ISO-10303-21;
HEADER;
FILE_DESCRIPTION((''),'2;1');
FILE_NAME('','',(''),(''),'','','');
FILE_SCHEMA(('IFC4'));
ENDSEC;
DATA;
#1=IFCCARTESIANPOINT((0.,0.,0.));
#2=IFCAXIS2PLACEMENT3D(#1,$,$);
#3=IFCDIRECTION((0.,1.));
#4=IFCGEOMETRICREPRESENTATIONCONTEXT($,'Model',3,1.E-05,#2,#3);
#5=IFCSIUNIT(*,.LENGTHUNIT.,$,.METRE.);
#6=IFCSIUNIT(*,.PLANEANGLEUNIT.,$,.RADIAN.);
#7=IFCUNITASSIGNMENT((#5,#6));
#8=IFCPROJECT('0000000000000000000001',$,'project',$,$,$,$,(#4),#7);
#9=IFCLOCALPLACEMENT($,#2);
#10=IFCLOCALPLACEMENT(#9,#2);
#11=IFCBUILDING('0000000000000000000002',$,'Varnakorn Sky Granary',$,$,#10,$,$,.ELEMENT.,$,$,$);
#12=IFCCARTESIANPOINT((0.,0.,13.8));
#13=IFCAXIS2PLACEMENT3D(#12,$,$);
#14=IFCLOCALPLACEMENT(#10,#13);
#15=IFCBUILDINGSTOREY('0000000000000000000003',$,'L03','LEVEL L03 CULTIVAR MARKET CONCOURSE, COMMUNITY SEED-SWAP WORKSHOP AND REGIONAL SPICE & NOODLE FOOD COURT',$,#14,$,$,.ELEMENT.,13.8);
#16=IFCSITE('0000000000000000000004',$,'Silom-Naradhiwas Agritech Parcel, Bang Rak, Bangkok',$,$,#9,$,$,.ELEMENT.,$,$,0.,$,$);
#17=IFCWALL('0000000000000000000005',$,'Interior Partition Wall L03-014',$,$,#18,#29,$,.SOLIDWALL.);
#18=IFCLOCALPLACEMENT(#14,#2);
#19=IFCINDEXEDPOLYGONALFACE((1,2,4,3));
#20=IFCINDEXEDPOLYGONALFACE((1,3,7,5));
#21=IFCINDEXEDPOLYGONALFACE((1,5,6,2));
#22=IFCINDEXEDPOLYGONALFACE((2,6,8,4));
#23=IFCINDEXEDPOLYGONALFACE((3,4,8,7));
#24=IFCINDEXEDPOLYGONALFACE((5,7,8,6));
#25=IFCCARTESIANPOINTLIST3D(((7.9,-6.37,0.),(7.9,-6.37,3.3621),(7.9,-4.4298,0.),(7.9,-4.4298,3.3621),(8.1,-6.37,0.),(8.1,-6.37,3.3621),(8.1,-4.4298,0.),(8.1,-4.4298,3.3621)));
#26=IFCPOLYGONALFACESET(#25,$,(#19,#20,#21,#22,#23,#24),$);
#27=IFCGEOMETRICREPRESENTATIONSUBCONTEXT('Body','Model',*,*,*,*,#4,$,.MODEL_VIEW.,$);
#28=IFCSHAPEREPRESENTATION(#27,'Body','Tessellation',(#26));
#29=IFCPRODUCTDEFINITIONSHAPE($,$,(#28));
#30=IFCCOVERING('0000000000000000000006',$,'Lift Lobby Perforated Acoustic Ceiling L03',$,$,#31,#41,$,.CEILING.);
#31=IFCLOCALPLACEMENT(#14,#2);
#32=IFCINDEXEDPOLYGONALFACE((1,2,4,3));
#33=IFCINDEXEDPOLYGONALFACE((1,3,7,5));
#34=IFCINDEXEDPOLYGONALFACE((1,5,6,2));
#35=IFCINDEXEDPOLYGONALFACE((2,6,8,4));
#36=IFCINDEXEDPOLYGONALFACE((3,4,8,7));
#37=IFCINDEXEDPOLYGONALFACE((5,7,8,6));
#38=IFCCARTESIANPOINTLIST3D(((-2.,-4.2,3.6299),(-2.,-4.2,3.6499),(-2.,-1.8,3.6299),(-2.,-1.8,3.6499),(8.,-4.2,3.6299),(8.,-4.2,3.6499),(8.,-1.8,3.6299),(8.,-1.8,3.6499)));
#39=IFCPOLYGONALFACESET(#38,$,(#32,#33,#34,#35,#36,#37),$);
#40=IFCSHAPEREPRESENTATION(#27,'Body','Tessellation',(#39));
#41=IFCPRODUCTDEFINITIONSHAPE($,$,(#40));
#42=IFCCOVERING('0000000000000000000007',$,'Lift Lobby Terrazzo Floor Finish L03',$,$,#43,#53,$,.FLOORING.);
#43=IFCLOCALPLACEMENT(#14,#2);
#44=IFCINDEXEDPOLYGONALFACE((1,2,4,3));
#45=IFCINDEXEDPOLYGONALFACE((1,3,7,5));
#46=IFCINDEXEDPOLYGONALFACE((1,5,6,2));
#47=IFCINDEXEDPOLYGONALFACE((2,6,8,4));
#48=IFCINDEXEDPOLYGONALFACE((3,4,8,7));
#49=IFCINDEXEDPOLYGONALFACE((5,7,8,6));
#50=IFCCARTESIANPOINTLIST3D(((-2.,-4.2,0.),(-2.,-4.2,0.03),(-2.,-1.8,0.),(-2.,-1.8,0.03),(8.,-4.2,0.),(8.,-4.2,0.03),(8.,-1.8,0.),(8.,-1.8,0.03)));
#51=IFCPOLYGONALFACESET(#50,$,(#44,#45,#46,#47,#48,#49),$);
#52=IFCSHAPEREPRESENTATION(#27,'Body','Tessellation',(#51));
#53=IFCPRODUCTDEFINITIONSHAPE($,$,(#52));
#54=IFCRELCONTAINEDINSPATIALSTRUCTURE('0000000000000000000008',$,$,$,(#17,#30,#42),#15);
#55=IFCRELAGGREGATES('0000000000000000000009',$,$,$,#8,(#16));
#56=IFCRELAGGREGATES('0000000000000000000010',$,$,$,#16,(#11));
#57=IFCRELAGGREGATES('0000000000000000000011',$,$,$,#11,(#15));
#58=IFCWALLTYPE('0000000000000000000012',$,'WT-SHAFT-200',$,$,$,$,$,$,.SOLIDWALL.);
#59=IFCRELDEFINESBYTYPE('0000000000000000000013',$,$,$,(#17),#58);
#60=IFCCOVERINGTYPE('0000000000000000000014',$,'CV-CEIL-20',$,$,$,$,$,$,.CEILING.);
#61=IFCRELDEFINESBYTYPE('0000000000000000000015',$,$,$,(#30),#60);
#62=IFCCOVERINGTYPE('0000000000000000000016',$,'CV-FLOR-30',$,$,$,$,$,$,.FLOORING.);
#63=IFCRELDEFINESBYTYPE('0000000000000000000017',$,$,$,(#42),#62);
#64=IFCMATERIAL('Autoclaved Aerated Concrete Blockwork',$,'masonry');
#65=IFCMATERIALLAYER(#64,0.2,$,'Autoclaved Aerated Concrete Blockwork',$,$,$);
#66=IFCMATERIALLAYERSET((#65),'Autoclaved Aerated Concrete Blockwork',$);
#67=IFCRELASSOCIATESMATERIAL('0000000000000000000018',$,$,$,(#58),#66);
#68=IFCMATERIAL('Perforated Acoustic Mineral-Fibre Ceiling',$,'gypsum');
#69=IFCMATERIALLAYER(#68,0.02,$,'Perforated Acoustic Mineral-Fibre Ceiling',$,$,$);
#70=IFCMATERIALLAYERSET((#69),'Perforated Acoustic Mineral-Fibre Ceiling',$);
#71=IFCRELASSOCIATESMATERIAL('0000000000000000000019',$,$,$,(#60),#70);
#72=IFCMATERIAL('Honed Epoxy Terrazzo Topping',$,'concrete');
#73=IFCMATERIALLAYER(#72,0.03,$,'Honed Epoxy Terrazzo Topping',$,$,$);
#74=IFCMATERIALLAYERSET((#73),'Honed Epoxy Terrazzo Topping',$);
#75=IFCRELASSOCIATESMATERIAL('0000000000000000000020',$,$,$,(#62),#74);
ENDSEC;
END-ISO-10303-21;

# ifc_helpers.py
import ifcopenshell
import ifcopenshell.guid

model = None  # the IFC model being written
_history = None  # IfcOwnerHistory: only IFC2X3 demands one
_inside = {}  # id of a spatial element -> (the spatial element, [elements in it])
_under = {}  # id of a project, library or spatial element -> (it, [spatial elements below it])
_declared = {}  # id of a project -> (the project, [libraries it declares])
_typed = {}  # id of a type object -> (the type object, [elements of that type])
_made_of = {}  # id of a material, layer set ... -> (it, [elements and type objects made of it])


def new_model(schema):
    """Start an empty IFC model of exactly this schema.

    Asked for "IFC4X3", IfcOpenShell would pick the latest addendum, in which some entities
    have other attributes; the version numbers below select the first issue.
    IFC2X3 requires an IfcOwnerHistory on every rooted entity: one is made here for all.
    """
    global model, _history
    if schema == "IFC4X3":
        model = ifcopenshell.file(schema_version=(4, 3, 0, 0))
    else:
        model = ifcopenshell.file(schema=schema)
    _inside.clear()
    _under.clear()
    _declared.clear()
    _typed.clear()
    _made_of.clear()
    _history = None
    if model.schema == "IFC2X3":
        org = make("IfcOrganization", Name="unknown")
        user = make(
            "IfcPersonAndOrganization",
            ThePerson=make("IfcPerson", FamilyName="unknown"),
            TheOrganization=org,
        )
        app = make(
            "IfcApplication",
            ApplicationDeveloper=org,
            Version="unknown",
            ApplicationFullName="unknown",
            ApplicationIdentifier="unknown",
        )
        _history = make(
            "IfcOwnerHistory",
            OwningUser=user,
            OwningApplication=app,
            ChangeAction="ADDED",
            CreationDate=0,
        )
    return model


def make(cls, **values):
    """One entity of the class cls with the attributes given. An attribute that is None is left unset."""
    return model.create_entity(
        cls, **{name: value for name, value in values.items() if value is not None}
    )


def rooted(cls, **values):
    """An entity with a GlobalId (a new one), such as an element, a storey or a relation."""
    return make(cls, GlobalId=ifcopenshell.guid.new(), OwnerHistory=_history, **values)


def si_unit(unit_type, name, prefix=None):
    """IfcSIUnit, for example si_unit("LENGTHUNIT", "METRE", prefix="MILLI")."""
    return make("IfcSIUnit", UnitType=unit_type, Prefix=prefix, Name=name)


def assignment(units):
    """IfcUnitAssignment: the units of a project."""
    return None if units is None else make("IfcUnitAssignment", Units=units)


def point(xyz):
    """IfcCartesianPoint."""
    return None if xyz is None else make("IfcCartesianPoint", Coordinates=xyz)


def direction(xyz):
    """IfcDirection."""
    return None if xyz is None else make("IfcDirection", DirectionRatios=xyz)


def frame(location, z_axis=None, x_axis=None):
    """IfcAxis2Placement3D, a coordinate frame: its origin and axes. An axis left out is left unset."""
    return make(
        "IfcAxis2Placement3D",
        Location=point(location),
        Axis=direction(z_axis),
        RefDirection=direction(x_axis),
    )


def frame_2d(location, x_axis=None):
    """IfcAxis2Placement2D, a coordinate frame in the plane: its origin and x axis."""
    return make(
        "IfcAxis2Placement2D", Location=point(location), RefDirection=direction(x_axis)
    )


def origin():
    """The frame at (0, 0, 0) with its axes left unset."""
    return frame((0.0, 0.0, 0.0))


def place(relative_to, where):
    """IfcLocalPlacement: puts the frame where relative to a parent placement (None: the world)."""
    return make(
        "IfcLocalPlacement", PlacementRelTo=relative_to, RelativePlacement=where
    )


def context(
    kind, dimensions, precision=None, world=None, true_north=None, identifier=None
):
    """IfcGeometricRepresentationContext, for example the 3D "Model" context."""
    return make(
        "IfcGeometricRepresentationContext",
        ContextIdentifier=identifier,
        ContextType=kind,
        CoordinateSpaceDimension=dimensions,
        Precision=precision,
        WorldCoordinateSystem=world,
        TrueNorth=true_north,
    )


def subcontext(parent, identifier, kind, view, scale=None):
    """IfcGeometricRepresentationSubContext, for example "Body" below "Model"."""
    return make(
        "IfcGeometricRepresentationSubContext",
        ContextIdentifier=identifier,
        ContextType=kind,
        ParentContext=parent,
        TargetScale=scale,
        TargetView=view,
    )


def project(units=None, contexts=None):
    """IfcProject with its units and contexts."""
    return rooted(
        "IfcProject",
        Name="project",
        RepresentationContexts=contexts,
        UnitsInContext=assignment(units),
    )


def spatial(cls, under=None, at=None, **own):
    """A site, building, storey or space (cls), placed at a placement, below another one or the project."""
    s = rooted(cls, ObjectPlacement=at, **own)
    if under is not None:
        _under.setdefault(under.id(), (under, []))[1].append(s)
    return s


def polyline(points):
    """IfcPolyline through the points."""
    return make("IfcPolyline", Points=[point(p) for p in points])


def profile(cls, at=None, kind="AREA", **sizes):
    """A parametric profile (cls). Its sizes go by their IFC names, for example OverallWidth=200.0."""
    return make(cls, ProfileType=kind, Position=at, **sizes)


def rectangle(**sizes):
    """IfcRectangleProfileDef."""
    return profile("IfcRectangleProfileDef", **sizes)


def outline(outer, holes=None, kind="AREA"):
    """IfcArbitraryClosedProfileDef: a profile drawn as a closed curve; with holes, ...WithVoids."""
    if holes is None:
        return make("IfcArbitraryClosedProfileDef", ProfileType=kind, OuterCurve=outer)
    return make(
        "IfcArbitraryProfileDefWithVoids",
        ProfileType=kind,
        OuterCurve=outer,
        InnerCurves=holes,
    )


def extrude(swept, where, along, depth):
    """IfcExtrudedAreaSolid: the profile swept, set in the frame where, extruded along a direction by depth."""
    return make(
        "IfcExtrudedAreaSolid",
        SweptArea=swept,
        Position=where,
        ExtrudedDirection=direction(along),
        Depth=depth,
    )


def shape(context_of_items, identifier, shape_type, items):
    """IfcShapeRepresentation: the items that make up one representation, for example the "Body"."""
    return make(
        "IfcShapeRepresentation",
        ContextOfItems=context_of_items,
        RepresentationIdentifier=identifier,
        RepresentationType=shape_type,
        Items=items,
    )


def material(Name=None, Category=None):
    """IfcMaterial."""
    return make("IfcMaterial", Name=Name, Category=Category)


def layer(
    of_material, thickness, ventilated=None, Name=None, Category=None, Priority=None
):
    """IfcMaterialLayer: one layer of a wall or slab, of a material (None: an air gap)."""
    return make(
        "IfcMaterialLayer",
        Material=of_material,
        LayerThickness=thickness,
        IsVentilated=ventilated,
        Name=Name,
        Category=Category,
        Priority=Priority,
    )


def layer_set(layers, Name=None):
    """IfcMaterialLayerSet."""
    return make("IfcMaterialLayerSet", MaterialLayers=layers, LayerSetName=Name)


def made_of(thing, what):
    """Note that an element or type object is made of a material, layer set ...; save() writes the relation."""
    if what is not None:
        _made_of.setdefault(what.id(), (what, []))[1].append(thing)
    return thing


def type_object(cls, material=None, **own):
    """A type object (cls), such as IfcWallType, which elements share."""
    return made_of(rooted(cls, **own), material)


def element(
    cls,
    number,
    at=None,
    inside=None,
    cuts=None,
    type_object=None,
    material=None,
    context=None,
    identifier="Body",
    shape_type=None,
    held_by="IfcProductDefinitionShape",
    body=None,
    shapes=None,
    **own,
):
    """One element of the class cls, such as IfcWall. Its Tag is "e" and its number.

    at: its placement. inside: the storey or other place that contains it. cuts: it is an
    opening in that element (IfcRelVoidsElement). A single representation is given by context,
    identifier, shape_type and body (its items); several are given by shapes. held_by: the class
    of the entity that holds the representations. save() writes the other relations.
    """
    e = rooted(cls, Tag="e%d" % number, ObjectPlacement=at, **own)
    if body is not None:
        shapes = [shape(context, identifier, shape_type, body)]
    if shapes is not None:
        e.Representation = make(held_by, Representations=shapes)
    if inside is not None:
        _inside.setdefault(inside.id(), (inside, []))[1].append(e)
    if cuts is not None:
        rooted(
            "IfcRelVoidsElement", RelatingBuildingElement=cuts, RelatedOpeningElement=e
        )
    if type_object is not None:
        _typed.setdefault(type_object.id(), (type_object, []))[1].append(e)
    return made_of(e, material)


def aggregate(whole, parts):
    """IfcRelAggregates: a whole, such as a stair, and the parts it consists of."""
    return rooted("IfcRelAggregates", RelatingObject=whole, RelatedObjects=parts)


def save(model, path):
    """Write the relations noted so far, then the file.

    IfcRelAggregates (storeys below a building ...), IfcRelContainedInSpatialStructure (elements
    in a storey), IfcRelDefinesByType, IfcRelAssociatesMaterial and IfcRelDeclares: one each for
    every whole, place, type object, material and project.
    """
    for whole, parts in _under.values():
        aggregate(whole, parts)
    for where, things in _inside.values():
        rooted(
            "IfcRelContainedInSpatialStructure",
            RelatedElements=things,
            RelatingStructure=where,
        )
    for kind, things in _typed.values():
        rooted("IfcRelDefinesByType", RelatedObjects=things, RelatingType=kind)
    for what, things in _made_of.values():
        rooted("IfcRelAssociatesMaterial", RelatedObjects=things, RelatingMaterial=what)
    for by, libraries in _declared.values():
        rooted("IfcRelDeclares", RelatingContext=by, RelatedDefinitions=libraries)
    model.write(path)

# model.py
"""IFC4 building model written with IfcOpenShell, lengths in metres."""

from ifc_helpers import new_model, si_unit, direction, frame, frame_2d, origin, place, context, subcontext, project, spatial, polyline, rectangle, outline, extrude, material, layer, layer_set, type_object, element, save


model = new_model("IFC4")

# Units and contexts
model_context = context("Model", 3, precision=1e-05, world=origin(), true_north=direction((0.0, 1.0)))
body_context = subcontext(model_context, "Body", "Model", "MODEL_VIEW")
ifc_project = project(units=[si_unit("LENGTHUNIT", "METRE"), si_unit("PLANEANGLEUNIT", "RADIAN")], contexts=[model_context])

# Site, building, storey
site_placement = place(None, origin())
site = spatial("IfcSite", under=ifc_project, at=site_placement, Name="Silom-Naradhiwas Agritech Parcel, Bang Rak, Bangkok", CompositionType="ELEMENT", RefElevation=0.0)
building_placement = place(site_placement, origin())
building = spatial("IfcBuilding", under=site, at=building_placement, Name="Varnakorn Sky Granary", CompositionType="ELEMENT")
storey_placement = place(building_placement, frame((0.0, 0.0, 13.8)))
storey = spatial("IfcBuildingStorey", under=building, at=storey_placement, Name="L03", Description="LEVEL L03 CULTIVAR MARKET CONCOURSE, COMMUNITY SEED-SWAP WORKSHOP AND REGIONAL SPICE & NOODLE FOOD COURT", CompositionType="ELEMENT", Elevation=13.8)

# Shared definitions
ifc_material_1 = material(Name="Autoclaved Aerated Concrete Blockwork", Category="masonry")

# Wall
ifc_layer_1 = layer(ifc_material_1, 0.2, Name="Autoclaved Aerated Concrete Blockwork")
ifc_layer_set_1 = layer_set([ifc_layer_1], Name="Autoclaved Aerated Concrete Blockwork")
wall_type_1 = type_object("IfcWallType", Name="WT-SHAFT-200", PredefinedType="SOLIDWALL", material=ifc_layer_set_1)
wall_1_placement = place(storey_placement, frame((8.0, -6.3701, 0.0), z_axis=(0.0, 0.0, 1.0), x_axis=(0.0, 1.0, 0.0)))
element("IfcWall", 1, at=wall_1_placement, inside=storey, type_object=wall_type_1, Name="Interior Partition Wall L03-014", PredefinedType="SOLIDWALL", context=body_context, shape_type="SweptSolid", body=[
    extrude(rectangle(XDim=1.9402, YDim=0.2, at=frame_2d((0.9702, 0.0))), origin(), (0.0, 0.0, 1.0), 3.3621),
])

# Coverings
ifc_material_2 = material(Name="Perforated Acoustic Mineral-Fibre Ceiling", Category="gypsum")
ifc_layer_2 = layer(ifc_material_2, 0.02, Name="Perforated Acoustic Mineral-Fibre Ceiling")
ifc_layer_set_2 = layer_set([ifc_layer_2], Name="Perforated Acoustic Mineral-Fibre Ceiling")
covering_type_1 = type_object("IfcCoveringType", Name="CV-CEIL-20", PredefinedType="CEILING", material=ifc_layer_set_2)
covering_1_placement = place(storey_placement, frame((0.0, 0.0, 3.6299)))
element("IfcCovering", 2, at=covering_1_placement, inside=storey, type_object=covering_type_1, Name="Lift Lobby Perforated Acoustic Ceiling L03", PredefinedType="CEILING", context=body_context, shape_type="SweptSolid", body=[
    extrude(outline(polyline([(-2.0, -4.2), (8.0, -4.2), (8.0, -1.8), (-2.0, -1.8), (-2.0, -4.2)])), origin(), (0.0, 0.0, 1.0), 0.02),
])
ifc_material_3 = material(Name="Honed Epoxy Terrazzo Topping", Category="concrete")
ifc_layer_3 = layer(ifc_material_3, 0.03, Name="Honed Epoxy Terrazzo Topping")
ifc_layer_set_3 = layer_set([ifc_layer_3], Name="Honed Epoxy Terrazzo Topping")
covering_type_2 = type_object("IfcCoveringType", Name="CV-FLOR-30", PredefinedType="FLOORING", material=ifc_layer_set_3)
covering_2_placement = place(storey_placement, origin())
element("IfcCovering", 3, at=covering_2_placement, inside=storey, type_object=covering_type_2, Name="Lift Lobby Terrazzo Floor Finish L03", PredefinedType="FLOORING", context=body_context, shape_type="SweptSolid", body=[
    extrude(outline(polyline([(-2.0, -4.2), (8.0, -4.2), (8.0, -1.8), (-2.0, -1.8), (-2.0, -4.2)])), origin(), (0.0, 0.0, 1.0), 0.03),
])

save(model, "model.ifc")
